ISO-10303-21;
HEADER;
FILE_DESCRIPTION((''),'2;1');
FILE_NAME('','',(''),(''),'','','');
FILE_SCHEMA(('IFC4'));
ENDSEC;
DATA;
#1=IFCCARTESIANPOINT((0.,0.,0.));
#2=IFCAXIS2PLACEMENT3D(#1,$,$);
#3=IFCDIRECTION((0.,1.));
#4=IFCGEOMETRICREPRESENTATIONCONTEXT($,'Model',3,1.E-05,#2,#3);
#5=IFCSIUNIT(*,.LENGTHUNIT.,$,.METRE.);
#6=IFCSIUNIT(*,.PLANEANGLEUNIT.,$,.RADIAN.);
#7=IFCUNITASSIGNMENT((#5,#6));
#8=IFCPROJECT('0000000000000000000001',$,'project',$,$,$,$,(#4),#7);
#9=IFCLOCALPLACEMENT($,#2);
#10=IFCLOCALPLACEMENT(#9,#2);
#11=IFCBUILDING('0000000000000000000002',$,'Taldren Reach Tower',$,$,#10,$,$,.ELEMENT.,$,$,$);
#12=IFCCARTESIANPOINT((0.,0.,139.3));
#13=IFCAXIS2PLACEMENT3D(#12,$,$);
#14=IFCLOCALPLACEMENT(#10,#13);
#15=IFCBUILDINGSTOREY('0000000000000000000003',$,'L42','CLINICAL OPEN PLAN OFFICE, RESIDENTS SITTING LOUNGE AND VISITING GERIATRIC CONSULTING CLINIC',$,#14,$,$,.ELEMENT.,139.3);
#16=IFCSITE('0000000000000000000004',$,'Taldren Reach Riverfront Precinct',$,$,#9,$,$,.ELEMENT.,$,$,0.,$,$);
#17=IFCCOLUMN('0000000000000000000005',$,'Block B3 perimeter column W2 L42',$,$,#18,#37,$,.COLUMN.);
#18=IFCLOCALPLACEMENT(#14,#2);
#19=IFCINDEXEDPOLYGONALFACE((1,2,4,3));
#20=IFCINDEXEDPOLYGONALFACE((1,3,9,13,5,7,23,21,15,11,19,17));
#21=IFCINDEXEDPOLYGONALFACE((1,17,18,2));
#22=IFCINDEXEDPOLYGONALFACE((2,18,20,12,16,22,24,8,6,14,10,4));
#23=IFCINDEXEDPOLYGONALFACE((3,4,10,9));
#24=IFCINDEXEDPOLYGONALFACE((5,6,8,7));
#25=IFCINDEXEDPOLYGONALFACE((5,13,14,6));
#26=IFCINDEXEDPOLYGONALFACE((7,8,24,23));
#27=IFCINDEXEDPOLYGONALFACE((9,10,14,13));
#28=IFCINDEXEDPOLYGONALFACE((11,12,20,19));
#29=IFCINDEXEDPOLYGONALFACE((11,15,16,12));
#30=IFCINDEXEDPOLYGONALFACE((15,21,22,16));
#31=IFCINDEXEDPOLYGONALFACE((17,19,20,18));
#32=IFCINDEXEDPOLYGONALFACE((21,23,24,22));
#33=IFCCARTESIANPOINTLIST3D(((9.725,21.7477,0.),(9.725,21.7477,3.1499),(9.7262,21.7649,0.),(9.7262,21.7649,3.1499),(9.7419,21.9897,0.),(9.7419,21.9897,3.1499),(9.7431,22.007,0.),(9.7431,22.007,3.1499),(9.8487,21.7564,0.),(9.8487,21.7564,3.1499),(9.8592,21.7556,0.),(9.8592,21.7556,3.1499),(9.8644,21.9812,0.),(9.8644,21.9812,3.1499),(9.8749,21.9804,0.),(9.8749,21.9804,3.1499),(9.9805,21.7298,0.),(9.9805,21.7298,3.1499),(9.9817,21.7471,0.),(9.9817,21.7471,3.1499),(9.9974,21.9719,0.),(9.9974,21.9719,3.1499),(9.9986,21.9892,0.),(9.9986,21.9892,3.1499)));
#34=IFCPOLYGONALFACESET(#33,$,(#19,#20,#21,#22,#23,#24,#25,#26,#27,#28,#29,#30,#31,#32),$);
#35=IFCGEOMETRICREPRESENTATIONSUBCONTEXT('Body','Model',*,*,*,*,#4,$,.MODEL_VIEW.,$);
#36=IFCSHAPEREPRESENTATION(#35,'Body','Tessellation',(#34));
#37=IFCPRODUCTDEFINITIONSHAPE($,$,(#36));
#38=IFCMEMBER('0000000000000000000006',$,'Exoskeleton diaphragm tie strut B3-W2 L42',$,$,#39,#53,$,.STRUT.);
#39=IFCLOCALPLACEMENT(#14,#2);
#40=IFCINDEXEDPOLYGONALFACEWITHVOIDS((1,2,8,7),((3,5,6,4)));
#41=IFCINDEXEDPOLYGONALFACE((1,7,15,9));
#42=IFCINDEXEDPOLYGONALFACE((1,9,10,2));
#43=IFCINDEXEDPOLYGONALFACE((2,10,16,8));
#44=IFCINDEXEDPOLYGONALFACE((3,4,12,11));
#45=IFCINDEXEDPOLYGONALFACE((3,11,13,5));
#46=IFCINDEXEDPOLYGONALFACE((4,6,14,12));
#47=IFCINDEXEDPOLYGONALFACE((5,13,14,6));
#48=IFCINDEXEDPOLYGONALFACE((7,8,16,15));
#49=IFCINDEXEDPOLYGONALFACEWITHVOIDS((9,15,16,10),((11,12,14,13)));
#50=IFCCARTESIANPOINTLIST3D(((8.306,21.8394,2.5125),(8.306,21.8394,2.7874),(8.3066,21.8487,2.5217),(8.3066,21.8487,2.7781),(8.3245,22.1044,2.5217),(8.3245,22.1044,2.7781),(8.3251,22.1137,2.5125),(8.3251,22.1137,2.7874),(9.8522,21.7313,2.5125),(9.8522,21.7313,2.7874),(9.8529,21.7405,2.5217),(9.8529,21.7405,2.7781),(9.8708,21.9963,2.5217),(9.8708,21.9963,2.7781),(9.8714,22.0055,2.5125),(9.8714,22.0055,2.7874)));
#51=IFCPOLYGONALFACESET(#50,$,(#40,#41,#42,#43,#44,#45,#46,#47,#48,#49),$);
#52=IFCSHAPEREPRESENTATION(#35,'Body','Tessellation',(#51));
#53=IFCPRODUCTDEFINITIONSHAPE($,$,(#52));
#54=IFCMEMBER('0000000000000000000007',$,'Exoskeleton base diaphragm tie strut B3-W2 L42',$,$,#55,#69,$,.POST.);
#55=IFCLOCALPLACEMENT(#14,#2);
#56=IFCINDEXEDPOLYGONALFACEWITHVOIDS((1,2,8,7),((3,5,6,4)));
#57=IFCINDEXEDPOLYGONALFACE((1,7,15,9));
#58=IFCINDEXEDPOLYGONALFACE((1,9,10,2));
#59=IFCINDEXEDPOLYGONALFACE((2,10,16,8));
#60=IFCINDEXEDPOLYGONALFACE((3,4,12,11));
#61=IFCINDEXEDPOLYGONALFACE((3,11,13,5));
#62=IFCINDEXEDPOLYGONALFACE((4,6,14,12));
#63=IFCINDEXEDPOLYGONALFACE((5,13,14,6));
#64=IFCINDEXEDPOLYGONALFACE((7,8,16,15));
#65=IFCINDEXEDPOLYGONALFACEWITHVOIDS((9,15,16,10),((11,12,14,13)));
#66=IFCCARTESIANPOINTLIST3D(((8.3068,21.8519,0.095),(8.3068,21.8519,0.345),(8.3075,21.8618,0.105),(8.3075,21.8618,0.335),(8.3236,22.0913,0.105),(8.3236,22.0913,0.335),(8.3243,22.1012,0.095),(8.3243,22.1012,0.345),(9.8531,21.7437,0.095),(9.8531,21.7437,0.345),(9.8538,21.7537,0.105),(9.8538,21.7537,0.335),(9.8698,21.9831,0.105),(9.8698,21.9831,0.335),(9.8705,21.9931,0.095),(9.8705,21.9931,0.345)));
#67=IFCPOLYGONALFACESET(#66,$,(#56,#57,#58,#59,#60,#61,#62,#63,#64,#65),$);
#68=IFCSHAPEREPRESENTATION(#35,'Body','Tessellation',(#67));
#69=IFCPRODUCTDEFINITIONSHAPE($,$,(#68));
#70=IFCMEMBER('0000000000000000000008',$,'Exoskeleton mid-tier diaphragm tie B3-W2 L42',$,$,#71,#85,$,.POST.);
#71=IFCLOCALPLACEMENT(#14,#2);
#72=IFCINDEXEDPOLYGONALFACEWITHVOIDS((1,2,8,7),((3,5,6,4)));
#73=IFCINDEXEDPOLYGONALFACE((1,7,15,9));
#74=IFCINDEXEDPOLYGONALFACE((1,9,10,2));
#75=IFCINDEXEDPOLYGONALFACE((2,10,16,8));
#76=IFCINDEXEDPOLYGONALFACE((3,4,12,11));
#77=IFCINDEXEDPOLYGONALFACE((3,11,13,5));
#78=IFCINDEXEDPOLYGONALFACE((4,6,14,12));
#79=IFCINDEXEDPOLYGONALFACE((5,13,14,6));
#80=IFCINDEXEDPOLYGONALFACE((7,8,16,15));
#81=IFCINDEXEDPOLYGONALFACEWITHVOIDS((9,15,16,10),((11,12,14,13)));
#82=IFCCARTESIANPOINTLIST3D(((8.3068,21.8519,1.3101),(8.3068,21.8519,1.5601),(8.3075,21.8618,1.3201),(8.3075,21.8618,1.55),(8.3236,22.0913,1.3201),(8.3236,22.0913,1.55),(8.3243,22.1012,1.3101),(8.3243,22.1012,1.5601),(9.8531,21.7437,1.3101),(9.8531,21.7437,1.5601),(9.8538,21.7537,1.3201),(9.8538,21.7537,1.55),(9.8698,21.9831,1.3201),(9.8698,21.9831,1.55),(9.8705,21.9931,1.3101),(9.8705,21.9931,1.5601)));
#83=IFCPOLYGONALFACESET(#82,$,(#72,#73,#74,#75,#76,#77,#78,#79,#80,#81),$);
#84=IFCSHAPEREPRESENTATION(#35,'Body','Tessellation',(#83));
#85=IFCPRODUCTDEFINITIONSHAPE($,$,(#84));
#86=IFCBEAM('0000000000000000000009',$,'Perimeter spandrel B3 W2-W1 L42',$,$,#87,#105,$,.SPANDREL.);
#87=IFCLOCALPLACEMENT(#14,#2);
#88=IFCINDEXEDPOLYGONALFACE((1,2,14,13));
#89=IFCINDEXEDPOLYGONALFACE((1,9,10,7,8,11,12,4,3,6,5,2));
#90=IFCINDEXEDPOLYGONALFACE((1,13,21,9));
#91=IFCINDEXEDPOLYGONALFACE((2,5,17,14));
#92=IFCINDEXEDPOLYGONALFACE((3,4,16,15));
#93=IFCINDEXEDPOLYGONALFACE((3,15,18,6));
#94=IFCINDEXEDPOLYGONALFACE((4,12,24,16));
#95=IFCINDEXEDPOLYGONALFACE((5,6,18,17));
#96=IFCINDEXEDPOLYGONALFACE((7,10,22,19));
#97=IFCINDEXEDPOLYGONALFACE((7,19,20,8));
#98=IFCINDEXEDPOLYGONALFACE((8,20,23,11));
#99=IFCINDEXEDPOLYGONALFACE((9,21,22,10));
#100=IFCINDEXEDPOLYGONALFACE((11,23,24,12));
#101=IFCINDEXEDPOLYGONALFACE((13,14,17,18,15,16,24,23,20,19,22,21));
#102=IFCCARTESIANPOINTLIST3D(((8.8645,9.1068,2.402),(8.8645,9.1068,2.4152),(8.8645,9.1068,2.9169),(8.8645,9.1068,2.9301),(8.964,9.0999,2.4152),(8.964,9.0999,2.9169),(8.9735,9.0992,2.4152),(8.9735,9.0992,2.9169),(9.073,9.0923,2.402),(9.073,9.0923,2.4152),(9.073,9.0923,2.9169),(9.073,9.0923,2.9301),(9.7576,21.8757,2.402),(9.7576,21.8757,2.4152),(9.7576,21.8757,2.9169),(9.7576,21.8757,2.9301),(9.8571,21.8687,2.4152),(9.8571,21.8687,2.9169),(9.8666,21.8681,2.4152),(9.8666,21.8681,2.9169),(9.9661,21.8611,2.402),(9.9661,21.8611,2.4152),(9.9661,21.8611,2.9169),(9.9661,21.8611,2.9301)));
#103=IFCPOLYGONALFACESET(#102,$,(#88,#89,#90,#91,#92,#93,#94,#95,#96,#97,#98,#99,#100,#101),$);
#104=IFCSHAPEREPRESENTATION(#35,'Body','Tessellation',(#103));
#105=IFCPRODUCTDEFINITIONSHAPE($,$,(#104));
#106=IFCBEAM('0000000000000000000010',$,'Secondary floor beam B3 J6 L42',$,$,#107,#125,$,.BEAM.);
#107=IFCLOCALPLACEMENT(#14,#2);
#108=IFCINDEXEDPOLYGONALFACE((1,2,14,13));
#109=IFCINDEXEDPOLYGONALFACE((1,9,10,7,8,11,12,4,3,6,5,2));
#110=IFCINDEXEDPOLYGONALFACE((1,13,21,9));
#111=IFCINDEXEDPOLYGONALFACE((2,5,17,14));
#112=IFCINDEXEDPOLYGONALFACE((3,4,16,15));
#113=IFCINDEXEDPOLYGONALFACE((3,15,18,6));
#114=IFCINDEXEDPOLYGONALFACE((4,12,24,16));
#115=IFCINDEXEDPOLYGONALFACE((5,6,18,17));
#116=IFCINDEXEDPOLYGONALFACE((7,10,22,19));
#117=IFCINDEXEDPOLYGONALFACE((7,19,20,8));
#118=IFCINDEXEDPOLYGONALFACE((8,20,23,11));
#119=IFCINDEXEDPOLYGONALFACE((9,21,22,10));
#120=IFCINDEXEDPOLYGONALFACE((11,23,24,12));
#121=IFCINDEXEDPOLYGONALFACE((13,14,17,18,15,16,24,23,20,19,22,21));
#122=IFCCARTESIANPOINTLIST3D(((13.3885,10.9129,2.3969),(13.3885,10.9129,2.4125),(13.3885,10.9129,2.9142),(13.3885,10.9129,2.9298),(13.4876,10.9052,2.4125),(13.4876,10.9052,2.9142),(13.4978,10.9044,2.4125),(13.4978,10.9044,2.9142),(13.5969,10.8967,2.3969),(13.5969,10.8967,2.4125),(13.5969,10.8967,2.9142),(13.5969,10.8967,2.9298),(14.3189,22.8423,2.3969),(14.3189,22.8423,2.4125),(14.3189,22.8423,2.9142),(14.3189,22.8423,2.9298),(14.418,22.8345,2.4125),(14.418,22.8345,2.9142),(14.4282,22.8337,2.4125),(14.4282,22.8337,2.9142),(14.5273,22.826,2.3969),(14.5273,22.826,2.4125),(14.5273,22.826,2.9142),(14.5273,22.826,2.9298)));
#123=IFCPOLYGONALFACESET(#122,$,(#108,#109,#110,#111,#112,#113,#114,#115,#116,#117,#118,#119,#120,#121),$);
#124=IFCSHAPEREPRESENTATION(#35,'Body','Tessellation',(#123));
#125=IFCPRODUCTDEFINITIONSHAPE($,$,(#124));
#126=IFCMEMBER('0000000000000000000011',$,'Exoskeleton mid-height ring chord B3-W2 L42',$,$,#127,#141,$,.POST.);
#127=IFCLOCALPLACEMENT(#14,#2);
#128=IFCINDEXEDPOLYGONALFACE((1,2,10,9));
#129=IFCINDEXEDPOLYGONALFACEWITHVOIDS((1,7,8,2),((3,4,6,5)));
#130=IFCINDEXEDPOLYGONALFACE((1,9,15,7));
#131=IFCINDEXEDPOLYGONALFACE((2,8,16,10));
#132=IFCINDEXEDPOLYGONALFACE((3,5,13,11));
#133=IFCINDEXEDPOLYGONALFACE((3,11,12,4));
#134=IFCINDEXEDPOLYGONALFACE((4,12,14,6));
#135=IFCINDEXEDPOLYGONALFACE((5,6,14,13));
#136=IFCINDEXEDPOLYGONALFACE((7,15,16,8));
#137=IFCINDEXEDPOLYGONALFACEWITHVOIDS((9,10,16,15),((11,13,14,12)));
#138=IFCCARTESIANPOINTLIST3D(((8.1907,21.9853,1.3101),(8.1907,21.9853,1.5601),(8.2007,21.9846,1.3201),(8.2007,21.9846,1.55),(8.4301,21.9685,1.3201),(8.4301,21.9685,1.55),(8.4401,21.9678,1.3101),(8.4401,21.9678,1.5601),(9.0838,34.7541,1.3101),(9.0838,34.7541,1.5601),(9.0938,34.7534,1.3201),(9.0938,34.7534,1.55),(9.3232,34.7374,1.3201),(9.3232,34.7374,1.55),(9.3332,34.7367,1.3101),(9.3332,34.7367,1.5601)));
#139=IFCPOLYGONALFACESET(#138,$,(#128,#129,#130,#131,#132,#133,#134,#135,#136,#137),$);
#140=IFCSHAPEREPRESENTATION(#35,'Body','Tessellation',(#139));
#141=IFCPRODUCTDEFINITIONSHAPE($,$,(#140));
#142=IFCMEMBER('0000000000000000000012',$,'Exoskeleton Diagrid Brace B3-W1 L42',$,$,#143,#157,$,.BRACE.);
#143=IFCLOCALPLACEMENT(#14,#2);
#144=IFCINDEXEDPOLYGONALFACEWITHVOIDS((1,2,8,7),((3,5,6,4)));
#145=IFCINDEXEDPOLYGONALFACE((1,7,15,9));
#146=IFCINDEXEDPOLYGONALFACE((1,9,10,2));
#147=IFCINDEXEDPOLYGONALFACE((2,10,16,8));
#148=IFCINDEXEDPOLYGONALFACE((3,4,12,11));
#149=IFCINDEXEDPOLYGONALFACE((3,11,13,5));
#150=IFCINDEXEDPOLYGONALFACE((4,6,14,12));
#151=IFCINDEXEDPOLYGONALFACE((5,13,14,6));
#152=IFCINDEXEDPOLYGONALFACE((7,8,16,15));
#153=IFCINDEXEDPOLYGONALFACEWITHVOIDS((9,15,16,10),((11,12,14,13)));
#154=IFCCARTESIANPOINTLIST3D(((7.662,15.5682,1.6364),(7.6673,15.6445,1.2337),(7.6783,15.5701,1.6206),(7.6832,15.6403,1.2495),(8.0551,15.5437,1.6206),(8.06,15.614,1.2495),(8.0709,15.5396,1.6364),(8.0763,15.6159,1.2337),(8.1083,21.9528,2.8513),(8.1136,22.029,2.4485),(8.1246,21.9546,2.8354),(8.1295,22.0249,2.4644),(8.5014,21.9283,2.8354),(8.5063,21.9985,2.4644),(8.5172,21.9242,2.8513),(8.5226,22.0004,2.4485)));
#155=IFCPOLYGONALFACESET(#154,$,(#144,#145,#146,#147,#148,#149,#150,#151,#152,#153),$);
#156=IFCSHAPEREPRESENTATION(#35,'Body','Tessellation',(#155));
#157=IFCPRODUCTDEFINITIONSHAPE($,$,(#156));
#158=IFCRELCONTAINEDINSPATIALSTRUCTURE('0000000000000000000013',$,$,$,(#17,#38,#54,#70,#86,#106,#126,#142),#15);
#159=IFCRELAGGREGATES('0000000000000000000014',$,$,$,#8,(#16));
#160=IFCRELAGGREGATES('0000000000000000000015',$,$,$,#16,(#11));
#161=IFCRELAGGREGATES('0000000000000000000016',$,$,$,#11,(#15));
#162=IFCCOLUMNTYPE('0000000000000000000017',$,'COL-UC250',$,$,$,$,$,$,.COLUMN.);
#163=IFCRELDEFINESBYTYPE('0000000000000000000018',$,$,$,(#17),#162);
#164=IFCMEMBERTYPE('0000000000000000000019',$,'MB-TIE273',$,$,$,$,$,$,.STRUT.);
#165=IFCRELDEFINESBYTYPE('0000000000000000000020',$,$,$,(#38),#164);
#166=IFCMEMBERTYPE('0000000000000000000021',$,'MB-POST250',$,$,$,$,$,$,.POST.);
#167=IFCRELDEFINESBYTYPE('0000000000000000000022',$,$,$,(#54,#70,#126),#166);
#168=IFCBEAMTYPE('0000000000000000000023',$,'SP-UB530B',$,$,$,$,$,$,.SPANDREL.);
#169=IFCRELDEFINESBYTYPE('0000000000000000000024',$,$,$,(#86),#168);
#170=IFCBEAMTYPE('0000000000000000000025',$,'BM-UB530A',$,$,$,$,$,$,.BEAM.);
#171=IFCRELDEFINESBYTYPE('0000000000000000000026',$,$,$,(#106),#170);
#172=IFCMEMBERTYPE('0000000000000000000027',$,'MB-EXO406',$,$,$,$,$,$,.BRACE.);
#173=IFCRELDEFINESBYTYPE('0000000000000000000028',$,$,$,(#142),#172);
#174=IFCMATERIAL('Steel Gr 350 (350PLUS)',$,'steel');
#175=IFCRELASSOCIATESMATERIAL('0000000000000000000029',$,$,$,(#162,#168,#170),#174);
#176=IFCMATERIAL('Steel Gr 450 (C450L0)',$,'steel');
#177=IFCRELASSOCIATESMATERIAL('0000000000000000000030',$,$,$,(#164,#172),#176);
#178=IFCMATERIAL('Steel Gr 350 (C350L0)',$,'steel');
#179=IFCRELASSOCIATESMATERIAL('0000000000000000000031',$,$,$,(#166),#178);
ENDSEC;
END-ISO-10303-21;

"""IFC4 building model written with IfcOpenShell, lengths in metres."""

from ifc_helpers import new_model, si_unit, direction, frame, origin, origin_2d, place, context, subcontext, project, spatial, hollow_rectangle, i_section, extrude, source, transform, mapped, material, material_profile, profile_set, type_object, element, save


model = new_model("IFC4")

# Units and contexts
model_context = context("Model", 3, precision=1e-05, world=origin(), true_north=direction((0.0, 1.0)))
body_context = subcontext(model_context, "Body", "Model", "MODEL_VIEW")
ifc_project = project(units=[si_unit("LENGTHUNIT", "METRE"), si_unit("PLANEANGLEUNIT", "RADIAN")], contexts=[model_context])

# Site, building, storey
site_placement = place(None, origin())
site = spatial("IfcSite", under=ifc_project, at=site_placement, Name="Taldren Reach Riverfront Precinct", CompositionType="ELEMENT", RefElevation=0.0)
building_placement = place(site_placement, origin())
building = spatial("IfcBuilding", under=site, at=building_placement, Name="Taldren Reach Tower", CompositionType="ELEMENT")
storey_placement = place(building_placement, frame((0.0, 0.0, 139.3)))
storey = spatial("IfcBuildingStorey", under=building, at=storey_placement, Name="L42", Description="CLINICAL OPEN PLAN OFFICE, RESIDENTS SITTING LOUNGE AND VISITING GERIATRIC CONSULTING CLINIC", CompositionType="ELEMENT", Elevation=139.3)

# Column
ifc_material_1 = material(Name="Steel Gr 350 (350PLUS)", Category="steel")
ifc_material_profile_1 = material_profile(ifc_material_1, i_section(OverallWidth=0.2561, OverallDepth=0.26, WebThickness=0.0105, FlangeThickness=0.0173, at=origin_2d()), Name="250UC89.5")
ifc_profile_set_1 = profile_set([ifc_material_profile_1], Name="Steel Gr 350 (350PLUS)")
column_type = type_object("IfcColumnType", Name="COL-UC250", PredefinedType="COLUMN", material=ifc_profile_set_1)
shared_shape_1 = source(origin(), body_context, "Body", "SweptSolid", [
    extrude(i_section(OverallWidth=0.2561, OverallDepth=0.26, WebThickness=0.0105, FlangeThickness=0.0173, at=origin_2d()), origin(), (0.0, 0.0, 1.0), 3.1499),
])
column_placement = place(storey_placement, frame((9.8618, 21.8684, 0.0), z_axis=(0.0, 0.0, 1.0), x_axis=(0.997564, -0.069756, 0.0)))
element("IfcColumn", 1, at=column_placement, inside=storey, type_object=column_type, Name="Block B3 perimeter column W2 L42", PredefinedType="COLUMN", context=body_context, shape_type="MappedRepresentation", body=[
    mapped(shared_shape_1, transform((0.0, 0.0, 0.0), scale=1.0)),
])

# Members
ifc_material_2 = material(Name="Steel Gr 450 (C450L0)", Category="steel")
ifc_material_profile_2 = material_profile(ifc_material_2, hollow_rectangle(XDim=0.2749, YDim=0.2749, WallThickness=0.0093, at=origin_2d()), Name="275x275x9.3SHS")
ifc_profile_set_2 = profile_set([ifc_material_profile_2], Name="Steel Gr 450 (C450L0)")
member_type_1 = type_object("IfcMemberType", Name="MB-TIE273", PredefinedType="STRUT", material=ifc_profile_set_2)
shared_shape_2 = source(origin(), body_context, "Body", "SweptSolid", [
    extrude(hollow_rectangle(XDim=0.2749, YDim=0.2749, WallThickness=0.0093, at=origin_2d()), origin(), (0.0, 0.0, 1.0), 1.55),
])
member_1_placement = place(storey_placement, frame((9.8618, 21.8684, 2.6499), z_axis=(-0.997563, 0.06977, 0.0), x_axis=(-0.06977, -0.997563, 0.0)))
element("IfcMember", 2, at=member_1_placement, inside=storey, type_object=member_type_1, Name="Exoskeleton diaphragm tie strut B3-W2 L42", PredefinedType="STRUT", context=body_context, shape_type="MappedRepresentation", body=[
    mapped(shared_shape_2, transform((0.0, 0.0, 0.0), scale=1.0)),
])
ifc_material_3 = material(Name="Steel Gr 350 (C350L0)", Category="steel")
ifc_material_profile_3 = material_profile(ifc_material_3, hollow_rectangle(XDim=0.25, YDim=0.25, WallThickness=0.01, at=origin_2d()), Name="250x250x10.0SHS")
ifc_profile_set_3 = profile_set([ifc_material_profile_3], Name="Steel Gr 350 (C350L0)")
member_type_2 = type_object("IfcMemberType", Name="MB-POST250", PredefinedType="POST", material=ifc_profile_set_3)
shared_shape_3 = source(origin(), body_context, "Body", "SweptSolid", [
    extrude(hollow_rectangle(XDim=0.25, YDim=0.25, WallThickness=0.01, at=origin_2d()), origin(), (0.0, 0.0, 1.0), 1.55),
])
for number, where, z_axis, x_axis, name in (
    (3, (9.8618, 21.8684, 0.22), (-0.997563, 0.06977, 0.0), (-0.06977, -0.997563, 0.0), "Exoskeleton base diaphragm tie strut B3-W2 L42"),
    (4, (9.8618, 21.8684, 1.4351), (-0.997563, 0.06977, 0.0), (-0.06977, -0.997563, 0.0), "Exoskeleton mid-tier diaphragm tie B3-W2 L42"),
):
    element("IfcMember", number, at=place(storey_placement, frame(where, z_axis=z_axis, x_axis=x_axis)), inside=storey, type_object=member_type_2, Name=name, PredefinedType="POST", context=body_context, shape_type="MappedRepresentation", body=[
        mapped(shared_shape_3, transform((0.0, 0.0, 0.0), scale=1.0)),
    ])

# Beams
ifc_material_profile_4 = material_profile(ifc_material_1, i_section(OverallWidth=0.209, OverallDepth=0.5281, WebThickness=0.0095, FlangeThickness=0.0132, at=origin_2d()), Name="530UB82.0")
ifc_profile_set_4 = profile_set([ifc_material_profile_4], Name="Steel Gr 350 (350PLUS)")
beam_type_1 = type_object("IfcBeamType", Name="SP-UB530B", PredefinedType="SPANDREL", material=ifc_profile_set_4)
shared_shape_4 = source(origin(), body_context, "Body", "SweptSolid", [
    extrude(i_section(OverallWidth=0.209, OverallDepth=0.5281, WebThickness=0.0095, FlangeThickness=0.0132, at=origin_2d()), origin(), (0.0, 0.0, 1.0), 12.8),
])
beam_1_placement = place(storey_placement, frame((9.8618, 21.8684, 2.666), z_axis=(-0.069771, -0.997563, 0.0), x_axis=(0.997563, -0.069771, 0.0)))
element("IfcBeam", 5, at=beam_1_placement, inside=storey, type_object=beam_type_1, Name="Perimeter spandrel B3 W2-W1 L42", PredefinedType="SPANDREL", context=body_context, shape_type="MappedRepresentation", body=[
    mapped(shared_shape_4, transform((0.0, 0.0, 0.0), scale=1.0)),
])
ifc_material_profile_5 = material_profile(ifc_material_1, i_section(OverallWidth=0.209, OverallDepth=0.533, WebThickness=0.0103, FlangeThickness=0.0156, at=origin_2d()), Name="530UB92.4")
ifc_profile_set_5 = profile_set([ifc_material_profile_5], Name="Steel Gr 350 (350PLUS)")
beam_type_2 = type_object("IfcBeamType", Name="BM-UB530A", PredefinedType="BEAM", material=ifc_profile_set_5)
shared_shape_5 = source(origin(), body_context, "Body", "SweptSolid", [
    extrude(i_section(OverallWidth=0.209, OverallDepth=0.533, WebThickness=0.0103, FlangeThickness=0.0156, at=origin_2d()), origin(), (0.0, 0.0, 1.0), 11.9656),
])
beam_2_placement = place(storey_placement, frame((13.4927, 10.9048, 2.6633), z_axis=(0.077757, 0.996972, 0.0), x_axis=(-0.996972, 0.077757, 0.0)))
element("IfcBeam", 6, at=beam_2_placement, inside=storey, type_object=beam_type_2, Name="Secondary floor beam B3 J6 L42", PredefinedType="BEAM", context=body_context, shape_type="MappedRepresentation", body=[
    mapped(shared_shape_5, transform((0.0, 0.0, 0.0), scale=1.0)),
])

# Members
shared_shape_6 = source(origin(), body_context, "Body", "SweptSolid", [
    extrude(hollow_rectangle(XDim=0.25, YDim=0.25, WallThickness=0.01, at=origin_2d()), origin(), (0.0, 0.0, 1.0), 12.8),
])
member_2_placement = place(storey_placement, frame((8.3154, 21.9766, 1.4351), z_axis=(0.069771, 0.997563, 0.0), x_axis=(-0.997563, 0.069771, 0.0)))
element("IfcMember", 7, at=member_2_placement, inside=storey, type_object=member_type_2, Name="Exoskeleton mid-height ring chord B3-W2 L42", PredefinedType="POST", context=body_context, shape_type="MappedRepresentation", body=[
    mapped(shared_shape_6, transform((0.0, 0.0, 0.0), scale=1.0)),
])
ifc_material_profile_6 = material_profile(ifc_material_2, hollow_rectangle(XDim=0.4099, YDim=0.4099, WallThickness=0.0161, at=origin_2d()), Name="410x410x16.0SHS")
ifc_profile_set_6 = profile_set([ifc_material_profile_6], Name="Steel Gr 450 (C450L0)")
member_type_3 = type_object("IfcMemberType", Name="MB-EXO406", PredefinedType="BRACE", material=ifc_profile_set_6)
shared_shape_7 = source(origin(), body_context, "Body", "SweptSolid", [
    extrude(hollow_rectangle(XDim=0.4099, YDim=0.4099, WallThickness=0.0161, at=origin_2d()), origin(), (0.0, 0.0, 1.0), 6.5144),
])
member_3_placement = place(storey_placement, frame((7.8691, 15.592, 1.4351), z_axis=(0.068508, 0.980066, 0.186487), x_axis=(-0.997566, 0.069732, 0.0)))
element("IfcMember", 8, at=member_3_placement, inside=storey, type_object=member_type_3, Name="Exoskeleton Diagrid Brace B3-W1 L42", PredefinedType="BRACE", context=body_context, shape_type="MappedRepresentation", body=[
    mapped(shared_shape_7, transform((0.0, 0.0, 0.0), scale=1.0)),
])

save(model, "model.ifc")
